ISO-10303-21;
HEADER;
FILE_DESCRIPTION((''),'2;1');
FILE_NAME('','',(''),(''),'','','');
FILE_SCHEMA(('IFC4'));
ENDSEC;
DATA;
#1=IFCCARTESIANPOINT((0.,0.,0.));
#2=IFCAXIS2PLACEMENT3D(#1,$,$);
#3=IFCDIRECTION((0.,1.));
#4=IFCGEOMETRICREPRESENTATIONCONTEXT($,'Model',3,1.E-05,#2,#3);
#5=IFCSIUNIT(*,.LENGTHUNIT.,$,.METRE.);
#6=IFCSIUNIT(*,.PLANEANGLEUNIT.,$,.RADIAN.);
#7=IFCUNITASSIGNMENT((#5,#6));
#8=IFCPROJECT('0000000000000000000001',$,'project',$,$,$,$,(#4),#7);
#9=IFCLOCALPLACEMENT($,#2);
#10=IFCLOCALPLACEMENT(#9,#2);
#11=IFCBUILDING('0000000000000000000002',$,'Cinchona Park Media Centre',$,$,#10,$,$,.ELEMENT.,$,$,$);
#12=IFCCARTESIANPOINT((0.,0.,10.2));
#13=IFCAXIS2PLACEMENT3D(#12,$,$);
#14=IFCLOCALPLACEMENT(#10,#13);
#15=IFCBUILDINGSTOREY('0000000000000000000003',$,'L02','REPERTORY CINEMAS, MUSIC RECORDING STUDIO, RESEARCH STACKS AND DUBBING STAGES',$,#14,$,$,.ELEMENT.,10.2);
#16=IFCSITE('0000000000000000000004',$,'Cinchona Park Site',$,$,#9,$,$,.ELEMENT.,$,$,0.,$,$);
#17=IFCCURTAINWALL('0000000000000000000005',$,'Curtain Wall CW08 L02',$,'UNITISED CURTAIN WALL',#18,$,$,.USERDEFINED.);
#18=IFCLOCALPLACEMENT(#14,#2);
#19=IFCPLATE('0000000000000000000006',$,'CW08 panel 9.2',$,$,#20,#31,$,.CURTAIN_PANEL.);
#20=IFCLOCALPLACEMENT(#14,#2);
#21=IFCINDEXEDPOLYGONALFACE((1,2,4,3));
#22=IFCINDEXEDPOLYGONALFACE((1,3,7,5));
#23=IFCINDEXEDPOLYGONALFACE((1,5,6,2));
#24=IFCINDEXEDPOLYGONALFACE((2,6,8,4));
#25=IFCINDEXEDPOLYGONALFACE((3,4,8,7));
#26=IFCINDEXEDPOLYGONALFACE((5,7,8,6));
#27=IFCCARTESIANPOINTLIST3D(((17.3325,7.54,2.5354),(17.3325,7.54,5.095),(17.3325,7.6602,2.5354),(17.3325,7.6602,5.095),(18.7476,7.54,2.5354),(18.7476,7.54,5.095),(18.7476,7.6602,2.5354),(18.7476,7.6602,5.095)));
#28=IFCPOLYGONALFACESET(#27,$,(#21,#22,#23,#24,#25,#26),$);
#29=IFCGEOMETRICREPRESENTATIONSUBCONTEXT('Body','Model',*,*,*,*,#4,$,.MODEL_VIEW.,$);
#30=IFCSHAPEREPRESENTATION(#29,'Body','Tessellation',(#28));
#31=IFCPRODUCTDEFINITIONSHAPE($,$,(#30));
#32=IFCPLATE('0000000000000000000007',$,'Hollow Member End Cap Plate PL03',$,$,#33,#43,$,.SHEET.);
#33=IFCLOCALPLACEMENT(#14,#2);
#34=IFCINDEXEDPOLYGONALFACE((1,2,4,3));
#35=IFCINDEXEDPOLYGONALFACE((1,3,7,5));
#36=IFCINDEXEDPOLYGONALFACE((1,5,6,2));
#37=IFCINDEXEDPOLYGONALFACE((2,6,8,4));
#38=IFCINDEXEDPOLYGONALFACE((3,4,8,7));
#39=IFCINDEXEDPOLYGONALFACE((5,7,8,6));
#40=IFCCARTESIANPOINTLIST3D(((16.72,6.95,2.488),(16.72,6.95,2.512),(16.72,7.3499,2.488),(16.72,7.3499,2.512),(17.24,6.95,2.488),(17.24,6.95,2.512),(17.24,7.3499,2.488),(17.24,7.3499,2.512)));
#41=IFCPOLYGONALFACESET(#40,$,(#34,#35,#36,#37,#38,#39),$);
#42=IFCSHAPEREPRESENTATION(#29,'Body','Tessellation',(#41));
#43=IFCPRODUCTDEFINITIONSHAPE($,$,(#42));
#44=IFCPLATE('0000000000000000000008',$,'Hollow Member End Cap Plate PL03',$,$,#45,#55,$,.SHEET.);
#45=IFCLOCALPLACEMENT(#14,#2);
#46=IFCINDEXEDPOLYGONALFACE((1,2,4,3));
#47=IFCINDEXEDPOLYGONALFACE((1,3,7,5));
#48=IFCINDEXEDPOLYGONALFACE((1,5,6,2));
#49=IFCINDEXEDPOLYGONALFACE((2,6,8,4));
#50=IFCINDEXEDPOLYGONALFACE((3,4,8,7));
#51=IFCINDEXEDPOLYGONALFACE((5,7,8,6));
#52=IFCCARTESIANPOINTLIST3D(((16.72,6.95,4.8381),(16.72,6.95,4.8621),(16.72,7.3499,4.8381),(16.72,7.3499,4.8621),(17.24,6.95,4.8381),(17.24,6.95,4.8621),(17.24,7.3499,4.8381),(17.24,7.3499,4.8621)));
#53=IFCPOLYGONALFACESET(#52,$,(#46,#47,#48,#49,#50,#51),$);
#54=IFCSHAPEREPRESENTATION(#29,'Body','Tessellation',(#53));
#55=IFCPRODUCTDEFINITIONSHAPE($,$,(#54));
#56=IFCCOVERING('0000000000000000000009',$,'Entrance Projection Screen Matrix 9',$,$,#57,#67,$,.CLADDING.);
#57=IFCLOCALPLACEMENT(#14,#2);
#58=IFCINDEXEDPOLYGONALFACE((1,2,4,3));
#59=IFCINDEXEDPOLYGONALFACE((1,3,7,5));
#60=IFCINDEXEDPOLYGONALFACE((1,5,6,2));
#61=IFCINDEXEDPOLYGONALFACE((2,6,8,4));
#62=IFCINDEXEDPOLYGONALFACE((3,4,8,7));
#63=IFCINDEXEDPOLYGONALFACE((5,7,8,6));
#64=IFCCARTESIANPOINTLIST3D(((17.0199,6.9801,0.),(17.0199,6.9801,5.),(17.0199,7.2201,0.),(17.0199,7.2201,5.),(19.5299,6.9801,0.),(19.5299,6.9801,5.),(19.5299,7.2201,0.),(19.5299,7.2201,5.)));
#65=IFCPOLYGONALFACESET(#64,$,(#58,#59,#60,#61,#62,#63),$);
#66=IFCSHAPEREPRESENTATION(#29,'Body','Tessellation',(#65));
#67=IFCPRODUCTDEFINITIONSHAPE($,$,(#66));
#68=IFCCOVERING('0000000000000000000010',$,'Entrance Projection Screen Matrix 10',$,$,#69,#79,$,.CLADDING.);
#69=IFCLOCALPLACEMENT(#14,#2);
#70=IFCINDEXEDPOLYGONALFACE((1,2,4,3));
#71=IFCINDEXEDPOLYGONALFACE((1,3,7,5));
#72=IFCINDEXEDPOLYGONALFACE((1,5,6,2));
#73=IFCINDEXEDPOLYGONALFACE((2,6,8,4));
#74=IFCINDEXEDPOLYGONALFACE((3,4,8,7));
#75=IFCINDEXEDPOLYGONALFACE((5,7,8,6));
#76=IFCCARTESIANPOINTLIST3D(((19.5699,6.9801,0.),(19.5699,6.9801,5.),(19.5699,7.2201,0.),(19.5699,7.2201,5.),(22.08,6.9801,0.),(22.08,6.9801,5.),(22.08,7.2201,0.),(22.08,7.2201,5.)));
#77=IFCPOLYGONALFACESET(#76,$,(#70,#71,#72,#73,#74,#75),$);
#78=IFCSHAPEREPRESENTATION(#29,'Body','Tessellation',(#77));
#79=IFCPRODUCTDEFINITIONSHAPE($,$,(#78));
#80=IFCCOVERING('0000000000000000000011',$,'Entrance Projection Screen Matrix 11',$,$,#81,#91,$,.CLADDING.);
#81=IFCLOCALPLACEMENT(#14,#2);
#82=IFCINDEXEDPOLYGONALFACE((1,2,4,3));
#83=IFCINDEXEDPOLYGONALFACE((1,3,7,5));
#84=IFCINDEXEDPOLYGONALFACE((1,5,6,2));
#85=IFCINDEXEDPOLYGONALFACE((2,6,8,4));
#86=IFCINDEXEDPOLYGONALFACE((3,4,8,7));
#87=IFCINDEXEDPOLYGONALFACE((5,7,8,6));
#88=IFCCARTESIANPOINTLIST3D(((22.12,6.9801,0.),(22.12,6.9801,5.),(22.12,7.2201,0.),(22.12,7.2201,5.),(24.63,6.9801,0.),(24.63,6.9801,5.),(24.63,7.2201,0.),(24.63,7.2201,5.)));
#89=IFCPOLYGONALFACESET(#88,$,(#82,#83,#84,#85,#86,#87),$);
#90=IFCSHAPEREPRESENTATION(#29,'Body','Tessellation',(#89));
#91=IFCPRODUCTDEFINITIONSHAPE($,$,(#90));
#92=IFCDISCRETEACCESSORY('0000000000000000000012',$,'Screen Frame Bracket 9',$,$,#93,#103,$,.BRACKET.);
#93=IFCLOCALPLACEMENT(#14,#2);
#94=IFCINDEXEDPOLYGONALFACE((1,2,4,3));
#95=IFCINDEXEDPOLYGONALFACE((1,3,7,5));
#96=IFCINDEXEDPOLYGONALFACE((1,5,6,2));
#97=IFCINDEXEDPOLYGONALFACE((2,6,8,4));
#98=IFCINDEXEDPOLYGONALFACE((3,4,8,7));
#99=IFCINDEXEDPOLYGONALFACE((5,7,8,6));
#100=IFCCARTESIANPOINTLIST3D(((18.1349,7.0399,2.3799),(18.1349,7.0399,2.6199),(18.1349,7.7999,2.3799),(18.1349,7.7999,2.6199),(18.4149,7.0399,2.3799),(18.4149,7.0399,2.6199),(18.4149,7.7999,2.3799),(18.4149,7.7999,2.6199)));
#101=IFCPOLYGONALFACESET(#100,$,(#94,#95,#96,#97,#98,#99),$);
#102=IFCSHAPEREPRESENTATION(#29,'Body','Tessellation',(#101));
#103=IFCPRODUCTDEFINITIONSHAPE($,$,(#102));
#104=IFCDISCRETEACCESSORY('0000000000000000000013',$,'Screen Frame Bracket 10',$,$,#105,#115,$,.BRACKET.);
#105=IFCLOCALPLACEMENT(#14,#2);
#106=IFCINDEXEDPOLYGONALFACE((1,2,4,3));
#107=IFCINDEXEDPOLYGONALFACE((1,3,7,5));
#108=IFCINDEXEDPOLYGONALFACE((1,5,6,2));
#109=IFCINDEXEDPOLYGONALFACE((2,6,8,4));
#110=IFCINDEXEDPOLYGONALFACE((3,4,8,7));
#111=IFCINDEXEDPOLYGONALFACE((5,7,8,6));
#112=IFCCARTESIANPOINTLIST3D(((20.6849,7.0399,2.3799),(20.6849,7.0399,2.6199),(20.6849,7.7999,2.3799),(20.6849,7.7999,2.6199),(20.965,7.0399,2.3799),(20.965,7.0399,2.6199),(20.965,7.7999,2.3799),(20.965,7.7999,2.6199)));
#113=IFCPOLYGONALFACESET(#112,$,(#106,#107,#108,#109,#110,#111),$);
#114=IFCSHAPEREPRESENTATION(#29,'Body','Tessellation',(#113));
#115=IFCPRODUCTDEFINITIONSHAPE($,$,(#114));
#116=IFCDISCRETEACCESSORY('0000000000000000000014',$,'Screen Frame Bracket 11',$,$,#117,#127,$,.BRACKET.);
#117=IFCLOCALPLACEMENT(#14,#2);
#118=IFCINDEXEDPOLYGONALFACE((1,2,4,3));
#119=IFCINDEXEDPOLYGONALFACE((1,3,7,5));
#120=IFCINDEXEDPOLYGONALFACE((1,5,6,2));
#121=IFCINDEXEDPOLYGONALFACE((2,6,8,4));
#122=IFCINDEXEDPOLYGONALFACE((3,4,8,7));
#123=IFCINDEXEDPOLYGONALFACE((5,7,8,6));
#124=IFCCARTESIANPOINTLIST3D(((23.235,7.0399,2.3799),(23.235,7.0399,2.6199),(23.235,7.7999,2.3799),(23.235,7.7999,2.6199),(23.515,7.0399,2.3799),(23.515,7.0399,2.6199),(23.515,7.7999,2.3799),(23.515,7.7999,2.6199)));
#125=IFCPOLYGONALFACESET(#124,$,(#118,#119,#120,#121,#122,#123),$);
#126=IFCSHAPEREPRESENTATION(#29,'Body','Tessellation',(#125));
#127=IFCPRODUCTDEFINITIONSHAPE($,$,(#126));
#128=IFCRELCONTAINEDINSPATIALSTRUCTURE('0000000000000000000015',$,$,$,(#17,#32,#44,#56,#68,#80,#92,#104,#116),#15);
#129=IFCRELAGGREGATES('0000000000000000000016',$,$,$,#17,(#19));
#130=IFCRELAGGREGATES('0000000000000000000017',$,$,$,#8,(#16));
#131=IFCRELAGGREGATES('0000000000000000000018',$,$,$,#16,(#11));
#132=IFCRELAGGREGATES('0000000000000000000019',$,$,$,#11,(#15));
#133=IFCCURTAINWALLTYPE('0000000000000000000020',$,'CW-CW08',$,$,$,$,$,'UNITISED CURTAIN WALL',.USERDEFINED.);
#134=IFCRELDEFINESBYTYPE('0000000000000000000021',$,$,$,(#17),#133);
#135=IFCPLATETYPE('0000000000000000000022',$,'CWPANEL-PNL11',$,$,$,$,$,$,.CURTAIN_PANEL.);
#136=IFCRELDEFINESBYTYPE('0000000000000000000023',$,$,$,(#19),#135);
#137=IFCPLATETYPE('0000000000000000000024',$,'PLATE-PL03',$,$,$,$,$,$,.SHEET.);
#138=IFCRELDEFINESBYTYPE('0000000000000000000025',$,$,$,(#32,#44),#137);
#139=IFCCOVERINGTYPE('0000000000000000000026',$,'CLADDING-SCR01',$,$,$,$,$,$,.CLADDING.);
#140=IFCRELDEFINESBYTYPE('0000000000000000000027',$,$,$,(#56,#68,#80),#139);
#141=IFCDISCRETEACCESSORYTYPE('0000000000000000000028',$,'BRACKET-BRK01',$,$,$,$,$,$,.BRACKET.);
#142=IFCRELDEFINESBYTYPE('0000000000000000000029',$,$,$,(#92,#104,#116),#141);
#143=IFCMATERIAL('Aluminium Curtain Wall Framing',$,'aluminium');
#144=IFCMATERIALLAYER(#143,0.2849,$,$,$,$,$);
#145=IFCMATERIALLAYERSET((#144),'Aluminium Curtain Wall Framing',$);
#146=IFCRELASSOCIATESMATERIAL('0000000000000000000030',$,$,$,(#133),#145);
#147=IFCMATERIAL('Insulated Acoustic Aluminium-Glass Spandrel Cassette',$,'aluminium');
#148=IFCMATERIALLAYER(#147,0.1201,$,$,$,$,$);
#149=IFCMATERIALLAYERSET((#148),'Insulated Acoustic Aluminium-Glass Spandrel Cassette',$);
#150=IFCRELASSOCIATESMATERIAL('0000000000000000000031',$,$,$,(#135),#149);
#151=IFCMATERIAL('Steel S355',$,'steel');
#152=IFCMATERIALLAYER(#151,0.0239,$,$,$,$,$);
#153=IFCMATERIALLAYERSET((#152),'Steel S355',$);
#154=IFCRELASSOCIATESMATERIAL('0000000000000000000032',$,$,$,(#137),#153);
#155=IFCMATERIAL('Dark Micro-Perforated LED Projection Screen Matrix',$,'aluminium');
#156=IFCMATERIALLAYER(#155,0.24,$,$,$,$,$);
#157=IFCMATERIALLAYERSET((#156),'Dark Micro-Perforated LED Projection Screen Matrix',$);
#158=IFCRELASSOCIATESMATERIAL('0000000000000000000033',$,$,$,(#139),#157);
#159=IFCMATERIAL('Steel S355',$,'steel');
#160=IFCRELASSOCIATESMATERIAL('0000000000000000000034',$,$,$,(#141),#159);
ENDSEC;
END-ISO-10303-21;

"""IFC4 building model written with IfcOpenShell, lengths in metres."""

from ifc_helpers import new_model, si_unit, direction, frame, origin, origin_2d, place, context, subcontext, project, spatial, rectangle, extrude, material, layer, layer_set, type_object, element, aggregate, save


model = new_model("IFC4")

# Units and contexts
model_context = context("Model", 3, precision=1e-05, world=origin(), true_north=direction((0.0, 1.0)))
body_context = subcontext(model_context, "Body", "Model", "MODEL_VIEW")
ifc_project = project(units=[si_unit("LENGTHUNIT", "METRE"), si_unit("PLANEANGLEUNIT", "RADIAN")], contexts=[model_context])

# Site, building, storey
site_placement = place(None, origin())
site = spatial("IfcSite", under=ifc_project, at=site_placement, Name="Cinchona Park Site", CompositionType="ELEMENT", RefElevation=0.0)
building_placement = place(site_placement, origin())
building = spatial("IfcBuilding", under=site, at=building_placement, Name="Cinchona Park Media Centre", CompositionType="ELEMENT")
storey_placement = place(building_placement, frame((0.0, 0.0, 10.2)))
storey = spatial("IfcBuildingStorey", under=building, at=storey_placement, Name="L02", Description="REPERTORY CINEMAS, MUSIC RECORDING STUDIO, RESEARCH STACKS AND DUBBING STAGES", CompositionType="ELEMENT", Elevation=10.2)

# Curtain wall, plate
ifc_material_1 = material(Name="Aluminium Curtain Wall Framing", Category="aluminium")
ifc_layer_1 = layer(ifc_material_1, 0.2849)
ifc_layer_set_1 = layer_set([ifc_layer_1], Name="Aluminium Curtain Wall Framing")
curtain_wall_type = type_object("IfcCurtainWallType", Name="CW-CW08", ElementType="UNITISED CURTAIN WALL", PredefinedType="USERDEFINED", material=ifc_layer_set_1)
curtain_wall_placement = place(storey_placement, origin())
curtain_wall = element("IfcCurtainWall", 1, at=curtain_wall_placement, inside=storey, type_object=curtain_wall_type, Name="Curtain Wall CW08 L02", ObjectType="UNITISED CURTAIN WALL", PredefinedType="USERDEFINED")
ifc_material_2 = material(Name="Insulated Acoustic Aluminium-Glass Spandrel Cassette", Category="aluminium")
ifc_layer_2 = layer(ifc_material_2, 0.1201)
ifc_layer_set_2 = layer_set([ifc_layer_2], Name="Insulated Acoustic Aluminium-Glass Spandrel Cassette")
plate_type_1 = type_object("IfcPlateType", Name="CWPANEL-PNL11", PredefinedType="CURTAIN_PANEL", material=ifc_layer_set_2)
plate_1_placement = place(storey_placement, frame((18.04, 7.6001, 2.5354), z_axis=(0.0, 0.0, 1.0), x_axis=(-1.0, 0.0, 0.0)))
plate_1 = element("IfcPlate", 2, at=plate_1_placement, type_object=plate_type_1, Name="CW08 panel 9.2", PredefinedType="CURTAIN_PANEL", context=body_context, shape_type="SweptSolid", body=[
    extrude(rectangle(XDim=1.415, YDim=0.1201, at=origin_2d()), origin(), (0.0, 0.0, 1.0), 2.5596),
])
aggregate(curtain_wall, [plate_1])

# Plates
ifc_material_3 = material(Name="Steel S355", Category="steel")
ifc_layer_3 = layer(ifc_material_3, 0.0239)
ifc_layer_set_3 = layer_set([ifc_layer_3], Name="Steel S355")
plate_type_2 = type_object("IfcPlateType", Name="PLATE-PL03", PredefinedType="SHEET", material=ifc_layer_set_3)
for number, where, z_axis, x_axis, name in (
    (3, (16.98, 7.1499, 2.488), (0.0, 0.0, 1.0), (1.0, 0.0, 0.0), "Hollow Member End Cap Plate PL03"),
    (4, (16.98, 7.1499, 4.8381), (0.0, 0.0, 1.0), (1.0, 0.0, 0.0), "Hollow Member End Cap Plate PL03"),
):
    element("IfcPlate", number, at=place(storey_placement, frame(where, z_axis=z_axis, x_axis=x_axis)), inside=storey, type_object=plate_type_2, Name=name, PredefinedType="SHEET", context=body_context, shape_type="SweptSolid", body=[
        extrude(rectangle(XDim=0.52, YDim=0.3999, at=origin_2d()), origin(), (0.0, 0.0, 1.0), 0.0239),
    ])

# Coverings
ifc_material_4 = material(Name="Dark Micro-Perforated LED Projection Screen Matrix", Category="aluminium")
ifc_layer_4 = layer(ifc_material_4, 0.24)
ifc_layer_set_4 = layer_set([ifc_layer_4], Name="Dark Micro-Perforated LED Projection Screen Matrix")
covering_type = type_object("IfcCoveringType", Name="CLADDING-SCR01", PredefinedType="CLADDING", material=ifc_layer_set_4)
for number, where, z_axis, x_axis, name in (
    (5, (18.2749, 7.1001, 0.0), (0.0, 0.0, 1.0), (1.0, 0.0, 0.0), "Entrance Projection Screen Matrix 9"),
    (6, (20.825, 7.1001, 0.0), (0.0, 0.0, 1.0), (1.0, 0.0, 0.0), "Entrance Projection Screen Matrix 10"),
    (7, (23.375, 7.1001, 0.0), (0.0, 0.0, 1.0), (1.0, 0.0, 0.0), "Entrance Projection Screen Matrix 11"),
):
    element("IfcCovering", number, at=place(storey_placement, frame(where, z_axis=z_axis, x_axis=x_axis)), inside=storey, type_object=covering_type, Name=name, PredefinedType="CLADDING", context=body_context, shape_type="SweptSolid", body=[
        extrude(rectangle(XDim=2.51, YDim=0.24, at=origin_2d()), origin(), (0.0, 0.0, 1.0), 5.0),
    ])

# Discrete accessories
ifc_material_5 = material(Name="Steel S355", Category="steel")
discrete_accessory_type = type_object("IfcDiscreteAccessoryType", Name="BRACKET-BRK01", PredefinedType="BRACKET", material=ifc_material_5)
for number, where, z_axis, x_axis, name in (
    (8, (18.2749, 7.4199, 2.3799), (0.0, 0.0, 1.0), (1.0, 0.0, 0.0), "Screen Frame Bracket 9"),
    (9, (20.825, 7.4199, 2.3799), (0.0, 0.0, 1.0), (1.0, 0.0, 0.0), "Screen Frame Bracket 10"),
    (10, (23.375, 7.4199, 2.3799), (0.0, 0.0, 1.0), (1.0, 0.0, 0.0), "Screen Frame Bracket 11"),
):
    element("IfcDiscreteAccessory", number, at=place(storey_placement, frame(where, z_axis=z_axis, x_axis=x_axis)), inside=storey, type_object=discrete_accessory_type, Name=name, PredefinedType="BRACKET", context=body_context, shape_type="SweptSolid", body=[
        extrude(rectangle(XDim=0.28, YDim=0.76, at=origin_2d()), origin(), (0.0, 0.0, 1.0), 0.24),
    ])

save(model, "model.ifc")
